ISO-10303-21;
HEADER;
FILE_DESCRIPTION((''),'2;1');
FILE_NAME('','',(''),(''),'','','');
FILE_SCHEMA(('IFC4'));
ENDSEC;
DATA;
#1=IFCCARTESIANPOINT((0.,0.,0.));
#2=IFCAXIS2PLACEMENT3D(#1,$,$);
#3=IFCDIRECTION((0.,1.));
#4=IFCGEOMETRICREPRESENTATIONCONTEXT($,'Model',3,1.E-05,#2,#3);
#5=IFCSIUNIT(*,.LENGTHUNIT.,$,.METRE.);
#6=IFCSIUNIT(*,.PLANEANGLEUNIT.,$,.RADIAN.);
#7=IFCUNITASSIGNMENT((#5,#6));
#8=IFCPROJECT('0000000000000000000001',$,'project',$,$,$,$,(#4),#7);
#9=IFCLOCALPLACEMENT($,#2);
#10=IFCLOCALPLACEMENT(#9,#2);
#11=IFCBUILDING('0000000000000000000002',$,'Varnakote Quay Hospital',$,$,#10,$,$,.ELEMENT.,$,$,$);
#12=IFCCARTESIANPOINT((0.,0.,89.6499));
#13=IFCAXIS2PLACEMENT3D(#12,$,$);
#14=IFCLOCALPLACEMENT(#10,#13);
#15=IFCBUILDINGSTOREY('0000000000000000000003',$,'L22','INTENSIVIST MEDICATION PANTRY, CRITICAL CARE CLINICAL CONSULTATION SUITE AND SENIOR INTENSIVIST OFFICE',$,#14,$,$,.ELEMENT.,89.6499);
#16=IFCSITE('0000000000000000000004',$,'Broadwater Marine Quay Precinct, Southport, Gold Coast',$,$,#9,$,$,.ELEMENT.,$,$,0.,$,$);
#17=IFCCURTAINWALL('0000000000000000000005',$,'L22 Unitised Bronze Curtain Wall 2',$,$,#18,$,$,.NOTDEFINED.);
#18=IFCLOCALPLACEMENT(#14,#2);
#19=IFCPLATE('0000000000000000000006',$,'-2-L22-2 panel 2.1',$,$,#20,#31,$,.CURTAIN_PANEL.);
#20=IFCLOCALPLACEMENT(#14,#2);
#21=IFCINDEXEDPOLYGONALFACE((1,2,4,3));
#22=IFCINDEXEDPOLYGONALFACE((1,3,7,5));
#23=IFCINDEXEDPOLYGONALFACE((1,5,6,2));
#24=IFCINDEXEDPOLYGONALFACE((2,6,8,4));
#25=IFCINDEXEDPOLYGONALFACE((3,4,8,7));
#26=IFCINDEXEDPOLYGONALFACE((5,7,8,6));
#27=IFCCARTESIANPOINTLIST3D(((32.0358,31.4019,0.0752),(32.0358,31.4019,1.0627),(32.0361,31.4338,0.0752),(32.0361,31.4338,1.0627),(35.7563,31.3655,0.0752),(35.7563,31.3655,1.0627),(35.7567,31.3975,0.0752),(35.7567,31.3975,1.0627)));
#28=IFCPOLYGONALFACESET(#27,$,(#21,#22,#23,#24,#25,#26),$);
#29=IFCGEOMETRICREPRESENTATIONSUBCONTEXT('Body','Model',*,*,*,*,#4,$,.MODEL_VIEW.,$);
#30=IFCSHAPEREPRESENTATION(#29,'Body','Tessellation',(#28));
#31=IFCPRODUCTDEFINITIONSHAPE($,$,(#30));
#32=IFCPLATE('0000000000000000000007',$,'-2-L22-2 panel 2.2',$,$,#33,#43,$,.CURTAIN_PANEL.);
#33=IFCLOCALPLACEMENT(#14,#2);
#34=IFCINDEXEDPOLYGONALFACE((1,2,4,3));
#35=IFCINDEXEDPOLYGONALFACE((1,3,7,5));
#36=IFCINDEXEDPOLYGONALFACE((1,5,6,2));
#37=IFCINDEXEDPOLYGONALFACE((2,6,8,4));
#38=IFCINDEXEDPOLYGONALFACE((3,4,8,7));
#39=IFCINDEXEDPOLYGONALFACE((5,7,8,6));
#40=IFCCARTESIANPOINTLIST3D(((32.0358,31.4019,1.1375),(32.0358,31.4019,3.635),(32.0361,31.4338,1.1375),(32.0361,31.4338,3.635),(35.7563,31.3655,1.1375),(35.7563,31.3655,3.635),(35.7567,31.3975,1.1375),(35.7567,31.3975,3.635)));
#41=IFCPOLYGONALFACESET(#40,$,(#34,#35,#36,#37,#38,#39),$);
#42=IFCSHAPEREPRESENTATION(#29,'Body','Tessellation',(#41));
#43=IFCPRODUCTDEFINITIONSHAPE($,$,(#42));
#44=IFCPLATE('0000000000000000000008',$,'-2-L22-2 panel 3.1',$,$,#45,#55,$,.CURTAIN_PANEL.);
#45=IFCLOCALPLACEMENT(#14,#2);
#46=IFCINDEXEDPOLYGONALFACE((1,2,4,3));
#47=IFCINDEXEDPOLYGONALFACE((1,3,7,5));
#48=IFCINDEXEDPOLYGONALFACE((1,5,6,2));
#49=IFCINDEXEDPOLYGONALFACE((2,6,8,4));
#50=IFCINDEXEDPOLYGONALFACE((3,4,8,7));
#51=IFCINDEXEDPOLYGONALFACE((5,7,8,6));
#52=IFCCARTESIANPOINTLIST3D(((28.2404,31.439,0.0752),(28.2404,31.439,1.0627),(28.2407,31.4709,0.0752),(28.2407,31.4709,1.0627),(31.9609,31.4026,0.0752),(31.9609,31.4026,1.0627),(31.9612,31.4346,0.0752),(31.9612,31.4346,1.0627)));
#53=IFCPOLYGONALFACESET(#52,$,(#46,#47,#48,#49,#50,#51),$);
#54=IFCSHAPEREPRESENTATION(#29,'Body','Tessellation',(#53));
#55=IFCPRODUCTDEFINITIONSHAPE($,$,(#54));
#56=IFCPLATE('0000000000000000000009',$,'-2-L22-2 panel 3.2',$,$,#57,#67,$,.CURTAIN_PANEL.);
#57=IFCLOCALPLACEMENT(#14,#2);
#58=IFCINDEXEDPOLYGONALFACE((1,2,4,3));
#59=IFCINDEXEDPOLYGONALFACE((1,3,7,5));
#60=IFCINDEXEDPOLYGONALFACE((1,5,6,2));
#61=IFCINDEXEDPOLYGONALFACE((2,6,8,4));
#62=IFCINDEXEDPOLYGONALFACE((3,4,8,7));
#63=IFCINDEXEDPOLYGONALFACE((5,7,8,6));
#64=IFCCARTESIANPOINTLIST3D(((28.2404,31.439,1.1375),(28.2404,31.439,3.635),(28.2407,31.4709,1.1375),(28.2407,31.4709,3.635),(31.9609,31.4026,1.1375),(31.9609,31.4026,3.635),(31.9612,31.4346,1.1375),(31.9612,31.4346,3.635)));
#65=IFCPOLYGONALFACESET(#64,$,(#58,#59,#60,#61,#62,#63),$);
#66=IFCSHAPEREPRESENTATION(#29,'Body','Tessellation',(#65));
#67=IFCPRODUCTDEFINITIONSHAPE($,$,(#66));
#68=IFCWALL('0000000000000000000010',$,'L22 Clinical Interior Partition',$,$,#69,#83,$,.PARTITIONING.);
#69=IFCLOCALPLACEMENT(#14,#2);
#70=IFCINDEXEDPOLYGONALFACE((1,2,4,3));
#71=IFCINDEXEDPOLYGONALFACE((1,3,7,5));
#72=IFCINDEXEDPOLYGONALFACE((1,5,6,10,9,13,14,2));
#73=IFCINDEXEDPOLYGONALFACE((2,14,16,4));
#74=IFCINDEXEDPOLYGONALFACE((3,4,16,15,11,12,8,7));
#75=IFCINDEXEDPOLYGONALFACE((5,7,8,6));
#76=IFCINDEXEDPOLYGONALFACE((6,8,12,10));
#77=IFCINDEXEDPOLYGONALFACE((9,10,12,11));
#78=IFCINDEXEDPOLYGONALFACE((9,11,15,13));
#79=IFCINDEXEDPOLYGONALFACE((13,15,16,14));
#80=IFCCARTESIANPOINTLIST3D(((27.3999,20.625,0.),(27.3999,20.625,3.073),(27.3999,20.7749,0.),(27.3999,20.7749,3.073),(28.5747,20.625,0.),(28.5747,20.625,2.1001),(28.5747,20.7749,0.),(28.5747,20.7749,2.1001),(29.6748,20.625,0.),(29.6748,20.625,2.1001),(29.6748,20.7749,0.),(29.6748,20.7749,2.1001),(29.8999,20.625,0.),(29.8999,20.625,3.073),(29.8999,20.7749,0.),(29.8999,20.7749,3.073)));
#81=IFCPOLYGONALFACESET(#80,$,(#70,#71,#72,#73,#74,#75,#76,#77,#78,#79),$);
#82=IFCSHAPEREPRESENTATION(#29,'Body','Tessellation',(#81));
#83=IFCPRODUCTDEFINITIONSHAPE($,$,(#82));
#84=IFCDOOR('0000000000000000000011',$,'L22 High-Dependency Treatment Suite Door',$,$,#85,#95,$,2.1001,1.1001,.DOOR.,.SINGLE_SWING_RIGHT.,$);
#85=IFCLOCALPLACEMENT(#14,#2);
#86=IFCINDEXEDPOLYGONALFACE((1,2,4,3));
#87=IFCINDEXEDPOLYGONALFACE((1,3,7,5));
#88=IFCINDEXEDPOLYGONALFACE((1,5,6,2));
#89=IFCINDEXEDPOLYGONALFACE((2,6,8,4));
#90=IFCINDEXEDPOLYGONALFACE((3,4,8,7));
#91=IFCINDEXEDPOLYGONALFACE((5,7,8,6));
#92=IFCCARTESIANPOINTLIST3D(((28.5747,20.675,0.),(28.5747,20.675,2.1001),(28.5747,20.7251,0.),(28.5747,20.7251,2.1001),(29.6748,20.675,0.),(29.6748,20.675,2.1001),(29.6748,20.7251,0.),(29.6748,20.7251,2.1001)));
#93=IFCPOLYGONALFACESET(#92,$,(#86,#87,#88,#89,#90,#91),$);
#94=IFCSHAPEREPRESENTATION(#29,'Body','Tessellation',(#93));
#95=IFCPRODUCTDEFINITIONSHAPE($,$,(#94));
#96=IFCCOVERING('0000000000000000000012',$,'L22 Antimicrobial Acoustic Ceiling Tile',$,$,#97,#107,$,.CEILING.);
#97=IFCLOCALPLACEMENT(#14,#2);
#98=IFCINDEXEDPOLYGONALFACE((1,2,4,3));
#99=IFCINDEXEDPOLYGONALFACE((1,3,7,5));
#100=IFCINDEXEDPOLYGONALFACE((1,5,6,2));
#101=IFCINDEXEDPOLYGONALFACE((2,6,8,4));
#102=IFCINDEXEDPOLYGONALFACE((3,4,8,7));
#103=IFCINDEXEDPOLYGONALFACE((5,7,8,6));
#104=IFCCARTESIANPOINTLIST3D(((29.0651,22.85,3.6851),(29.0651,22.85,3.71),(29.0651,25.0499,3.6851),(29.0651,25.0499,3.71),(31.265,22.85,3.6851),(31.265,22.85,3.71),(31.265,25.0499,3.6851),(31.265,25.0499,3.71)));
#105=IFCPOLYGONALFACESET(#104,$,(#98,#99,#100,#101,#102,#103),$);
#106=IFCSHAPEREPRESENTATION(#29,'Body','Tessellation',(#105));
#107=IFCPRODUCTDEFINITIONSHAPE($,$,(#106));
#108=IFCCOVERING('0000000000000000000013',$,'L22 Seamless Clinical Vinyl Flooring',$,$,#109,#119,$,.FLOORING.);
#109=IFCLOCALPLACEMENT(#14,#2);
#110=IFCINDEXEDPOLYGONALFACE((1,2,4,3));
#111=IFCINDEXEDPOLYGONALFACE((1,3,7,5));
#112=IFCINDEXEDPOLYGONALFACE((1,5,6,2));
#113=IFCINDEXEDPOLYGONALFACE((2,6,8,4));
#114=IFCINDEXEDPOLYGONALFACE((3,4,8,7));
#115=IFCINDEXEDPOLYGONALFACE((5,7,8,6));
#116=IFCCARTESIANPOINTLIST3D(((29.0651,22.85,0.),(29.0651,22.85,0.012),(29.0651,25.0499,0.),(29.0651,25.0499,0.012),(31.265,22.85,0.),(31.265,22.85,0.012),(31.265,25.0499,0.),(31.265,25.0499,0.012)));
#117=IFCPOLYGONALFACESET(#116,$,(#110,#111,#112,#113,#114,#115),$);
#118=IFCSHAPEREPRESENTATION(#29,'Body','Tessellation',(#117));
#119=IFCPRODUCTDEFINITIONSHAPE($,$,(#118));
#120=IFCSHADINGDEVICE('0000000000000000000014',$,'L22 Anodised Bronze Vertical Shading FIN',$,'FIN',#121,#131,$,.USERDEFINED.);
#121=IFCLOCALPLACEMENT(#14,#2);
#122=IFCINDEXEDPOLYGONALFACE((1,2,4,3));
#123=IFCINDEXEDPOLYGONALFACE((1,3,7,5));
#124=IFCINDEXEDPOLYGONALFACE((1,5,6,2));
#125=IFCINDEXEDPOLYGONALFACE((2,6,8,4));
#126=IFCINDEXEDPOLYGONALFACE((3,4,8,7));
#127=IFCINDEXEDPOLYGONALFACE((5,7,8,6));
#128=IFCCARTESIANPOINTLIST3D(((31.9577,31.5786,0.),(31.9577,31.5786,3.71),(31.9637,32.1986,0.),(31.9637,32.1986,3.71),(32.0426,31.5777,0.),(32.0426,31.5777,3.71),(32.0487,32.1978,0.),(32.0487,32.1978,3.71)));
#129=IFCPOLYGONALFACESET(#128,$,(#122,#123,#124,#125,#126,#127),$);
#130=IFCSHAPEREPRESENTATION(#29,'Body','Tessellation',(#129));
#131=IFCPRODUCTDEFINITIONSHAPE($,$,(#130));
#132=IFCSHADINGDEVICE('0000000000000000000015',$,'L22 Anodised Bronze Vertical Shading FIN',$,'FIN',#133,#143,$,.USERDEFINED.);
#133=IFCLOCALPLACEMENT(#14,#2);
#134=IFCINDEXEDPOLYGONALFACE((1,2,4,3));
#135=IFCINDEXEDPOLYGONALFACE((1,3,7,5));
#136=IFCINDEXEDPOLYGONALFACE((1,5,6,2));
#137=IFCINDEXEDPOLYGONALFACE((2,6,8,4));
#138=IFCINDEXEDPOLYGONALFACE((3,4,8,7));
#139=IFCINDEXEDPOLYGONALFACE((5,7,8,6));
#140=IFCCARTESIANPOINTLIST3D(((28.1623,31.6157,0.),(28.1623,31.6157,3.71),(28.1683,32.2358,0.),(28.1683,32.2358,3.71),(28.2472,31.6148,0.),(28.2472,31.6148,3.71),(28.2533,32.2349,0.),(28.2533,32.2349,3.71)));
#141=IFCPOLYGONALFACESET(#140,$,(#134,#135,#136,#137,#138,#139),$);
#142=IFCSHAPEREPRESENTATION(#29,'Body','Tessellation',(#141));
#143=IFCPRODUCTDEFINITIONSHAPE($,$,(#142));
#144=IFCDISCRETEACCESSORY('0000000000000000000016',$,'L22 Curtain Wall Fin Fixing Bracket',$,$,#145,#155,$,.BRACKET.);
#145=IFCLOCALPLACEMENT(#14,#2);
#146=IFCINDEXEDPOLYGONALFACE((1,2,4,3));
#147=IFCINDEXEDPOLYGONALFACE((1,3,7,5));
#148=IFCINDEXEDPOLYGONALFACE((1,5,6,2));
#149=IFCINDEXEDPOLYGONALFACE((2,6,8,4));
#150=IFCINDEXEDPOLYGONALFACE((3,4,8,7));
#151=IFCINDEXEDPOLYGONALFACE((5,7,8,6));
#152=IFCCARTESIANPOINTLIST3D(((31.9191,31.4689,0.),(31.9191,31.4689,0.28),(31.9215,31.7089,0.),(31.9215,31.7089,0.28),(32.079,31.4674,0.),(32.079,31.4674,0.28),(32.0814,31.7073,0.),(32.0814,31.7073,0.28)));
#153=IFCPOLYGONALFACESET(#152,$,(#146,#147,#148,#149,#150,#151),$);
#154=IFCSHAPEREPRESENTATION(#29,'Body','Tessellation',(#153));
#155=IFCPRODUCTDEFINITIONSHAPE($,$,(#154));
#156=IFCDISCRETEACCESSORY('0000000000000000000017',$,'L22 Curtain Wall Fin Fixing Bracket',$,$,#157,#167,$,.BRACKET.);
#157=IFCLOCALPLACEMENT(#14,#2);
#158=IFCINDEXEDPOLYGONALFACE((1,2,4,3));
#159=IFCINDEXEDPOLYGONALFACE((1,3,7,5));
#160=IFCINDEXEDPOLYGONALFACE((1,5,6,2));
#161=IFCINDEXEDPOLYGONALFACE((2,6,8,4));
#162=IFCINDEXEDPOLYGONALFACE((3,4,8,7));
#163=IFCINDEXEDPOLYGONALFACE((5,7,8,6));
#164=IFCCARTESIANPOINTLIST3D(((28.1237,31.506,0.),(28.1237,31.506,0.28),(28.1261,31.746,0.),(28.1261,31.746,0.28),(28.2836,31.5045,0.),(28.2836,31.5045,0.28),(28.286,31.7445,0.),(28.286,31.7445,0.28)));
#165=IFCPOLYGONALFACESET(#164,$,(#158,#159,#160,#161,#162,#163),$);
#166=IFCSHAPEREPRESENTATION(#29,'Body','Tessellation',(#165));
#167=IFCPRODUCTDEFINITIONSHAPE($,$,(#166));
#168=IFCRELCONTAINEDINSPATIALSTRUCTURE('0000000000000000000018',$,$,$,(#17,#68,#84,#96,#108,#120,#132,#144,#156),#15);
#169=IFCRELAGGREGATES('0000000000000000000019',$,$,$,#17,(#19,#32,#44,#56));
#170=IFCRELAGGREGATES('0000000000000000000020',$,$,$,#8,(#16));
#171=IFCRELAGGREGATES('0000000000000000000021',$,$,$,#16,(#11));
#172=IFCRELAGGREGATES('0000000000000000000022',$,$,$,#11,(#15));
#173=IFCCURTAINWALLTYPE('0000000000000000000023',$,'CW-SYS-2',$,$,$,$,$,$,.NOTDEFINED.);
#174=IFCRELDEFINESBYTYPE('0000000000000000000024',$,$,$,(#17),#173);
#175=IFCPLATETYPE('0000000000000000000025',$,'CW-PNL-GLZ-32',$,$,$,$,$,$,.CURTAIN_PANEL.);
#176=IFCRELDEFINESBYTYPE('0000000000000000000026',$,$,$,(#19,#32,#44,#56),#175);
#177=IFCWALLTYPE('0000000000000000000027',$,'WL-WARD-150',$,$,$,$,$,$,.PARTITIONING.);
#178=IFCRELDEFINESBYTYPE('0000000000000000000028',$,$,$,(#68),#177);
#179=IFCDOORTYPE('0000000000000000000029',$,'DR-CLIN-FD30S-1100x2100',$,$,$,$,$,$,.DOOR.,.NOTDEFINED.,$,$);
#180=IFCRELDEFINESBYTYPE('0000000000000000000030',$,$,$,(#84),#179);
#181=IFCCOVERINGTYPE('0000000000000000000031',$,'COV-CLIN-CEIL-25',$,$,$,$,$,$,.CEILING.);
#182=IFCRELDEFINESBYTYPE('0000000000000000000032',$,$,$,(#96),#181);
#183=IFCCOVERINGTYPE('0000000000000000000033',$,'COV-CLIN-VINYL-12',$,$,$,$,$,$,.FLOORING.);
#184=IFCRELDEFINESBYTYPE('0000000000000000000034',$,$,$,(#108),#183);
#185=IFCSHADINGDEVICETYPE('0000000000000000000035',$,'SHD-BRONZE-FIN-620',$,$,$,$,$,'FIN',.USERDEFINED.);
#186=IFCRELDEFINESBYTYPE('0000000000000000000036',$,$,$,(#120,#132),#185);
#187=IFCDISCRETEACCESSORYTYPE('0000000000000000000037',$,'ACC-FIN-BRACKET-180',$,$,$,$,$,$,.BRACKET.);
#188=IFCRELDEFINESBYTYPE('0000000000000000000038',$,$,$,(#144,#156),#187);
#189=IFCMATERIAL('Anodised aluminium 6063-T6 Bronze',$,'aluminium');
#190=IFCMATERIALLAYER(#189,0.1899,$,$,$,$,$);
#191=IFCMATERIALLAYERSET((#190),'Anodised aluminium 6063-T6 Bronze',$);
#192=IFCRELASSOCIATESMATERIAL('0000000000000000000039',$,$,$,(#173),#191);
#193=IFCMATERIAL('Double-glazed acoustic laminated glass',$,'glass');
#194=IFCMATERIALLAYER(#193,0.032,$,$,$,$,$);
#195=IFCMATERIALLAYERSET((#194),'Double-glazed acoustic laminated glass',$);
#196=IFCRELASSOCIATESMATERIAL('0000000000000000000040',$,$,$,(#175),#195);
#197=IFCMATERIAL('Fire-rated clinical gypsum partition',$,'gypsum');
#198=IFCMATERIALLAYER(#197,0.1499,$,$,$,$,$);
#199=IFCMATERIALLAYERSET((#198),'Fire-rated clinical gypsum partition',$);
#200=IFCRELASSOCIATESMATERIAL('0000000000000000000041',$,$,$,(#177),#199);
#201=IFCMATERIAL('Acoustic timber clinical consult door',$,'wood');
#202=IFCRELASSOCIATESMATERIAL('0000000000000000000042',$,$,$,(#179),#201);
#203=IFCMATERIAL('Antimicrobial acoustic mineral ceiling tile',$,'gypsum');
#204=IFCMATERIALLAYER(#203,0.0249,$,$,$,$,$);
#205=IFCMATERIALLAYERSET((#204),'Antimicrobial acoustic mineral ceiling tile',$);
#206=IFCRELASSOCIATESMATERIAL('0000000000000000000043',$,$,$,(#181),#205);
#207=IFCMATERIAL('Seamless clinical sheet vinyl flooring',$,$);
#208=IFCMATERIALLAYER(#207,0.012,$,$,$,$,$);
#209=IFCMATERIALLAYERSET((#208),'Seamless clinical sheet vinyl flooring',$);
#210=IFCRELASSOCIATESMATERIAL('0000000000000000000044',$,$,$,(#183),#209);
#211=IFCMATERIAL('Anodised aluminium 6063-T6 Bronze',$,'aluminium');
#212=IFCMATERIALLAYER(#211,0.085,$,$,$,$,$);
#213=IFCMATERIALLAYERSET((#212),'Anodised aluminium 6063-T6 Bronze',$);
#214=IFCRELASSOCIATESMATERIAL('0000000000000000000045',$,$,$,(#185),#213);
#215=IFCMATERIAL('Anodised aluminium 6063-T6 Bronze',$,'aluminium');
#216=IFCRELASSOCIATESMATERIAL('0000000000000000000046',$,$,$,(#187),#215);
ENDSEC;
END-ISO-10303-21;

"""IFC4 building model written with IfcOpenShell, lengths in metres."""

from ifc_helpers import new_model, si_unit, direction, frame, frame_2d, origin, origin_2d, place, context, subcontext, project, spatial, rectangle, extrude, material, layer, layer_set, type_object, element, fill, aggregate, save


model = new_model("IFC4")

# Units and contexts
model_context = context("Model", 3, precision=1e-05, world=origin(), true_north=direction((0.0, 1.0)))
body_context = subcontext(model_context, "Body", "Model", "MODEL_VIEW")
ifc_project = project(units=[si_unit("LENGTHUNIT", "METRE"), si_unit("PLANEANGLEUNIT", "RADIAN")], contexts=[model_context])

# Site, building, storey
site_placement = place(None, origin())
site = spatial("IfcSite", under=ifc_project, at=site_placement, Name="Broadwater Marine Quay Precinct, Southport, Gold Coast", CompositionType="ELEMENT", RefElevation=0.0)
building_placement = place(site_placement, origin())
building = spatial("IfcBuilding", under=site, at=building_placement, Name="Varnakote Quay Hospital", CompositionType="ELEMENT")
storey_placement = place(building_placement, frame((0.0, 0.0, 89.6499)))
storey = spatial("IfcBuildingStorey", under=building, at=storey_placement, Name="L22", Description="INTENSIVIST MEDICATION PANTRY, CRITICAL CARE CLINICAL CONSULTATION SUITE AND SENIOR INTENSIVIST OFFICE", CompositionType="ELEMENT", Elevation=89.6499)

# Curtain wall
ifc_material_1 = material(Name="Anodised aluminium 6063-T6 Bronze", Category="aluminium")
ifc_layer_1 = layer(ifc_material_1, 0.1899)
ifc_layer_set_1 = layer_set([ifc_layer_1], Name="Anodised aluminium 6063-T6 Bronze")
curtain_wall_type = type_object("IfcCurtainWallType", Name="CW-SYS-2", PredefinedType="NOTDEFINED", material=ifc_layer_set_1)
curtain_wall_placement = place(storey_placement, origin())
curtain_wall = element("IfcCurtainWall", 1, at=curtain_wall_placement, inside=storey, type_object=curtain_wall_type, Name="L22 Unitised Bronze Curtain Wall 2", PredefinedType="NOTDEFINED")

# Plates
ifc_material_2 = material(Name="Double-glazed acoustic laminated glass", Category="glass")
ifc_layer_2 = layer(ifc_material_2, 0.032)
ifc_layer_set_2 = layer_set([ifc_layer_2], Name="Double-glazed acoustic laminated glass")
plate_type = type_object("IfcPlateType", Name="CW-PNL-GLZ-32", PredefinedType="CURTAIN_PANEL", material=ifc_layer_set_2)
plate_1_placement = place(storey_placement, frame((33.8962, 31.3997, 0.0752), z_axis=(0.0, 0.0, 1.0), x_axis=(-0.999952, 0.009774, 0.0)))
plate_1 = element("IfcPlate", 2, at=plate_1_placement, type_object=plate_type, Name="-2-L22-2 panel 2.1", PredefinedType="CURTAIN_PANEL", context=body_context, shape_type="SweptSolid", body=[
    extrude(rectangle(XDim=3.7207, YDim=0.032, at=origin_2d()), origin(), (0.0, 0.0, 1.0), 0.9875),
])
plate_2_placement = place(storey_placement, frame((33.8962, 31.3997, 1.1375), z_axis=(0.0, 0.0, 1.0), x_axis=(-0.999952, 0.009774, 0.0)))
plate_2 = element("IfcPlate", 3, at=plate_2_placement, type_object=plate_type, Name="-2-L22-2 panel 2.2", PredefinedType="CURTAIN_PANEL", context=body_context, shape_type="SweptSolid", body=[
    extrude(rectangle(XDim=3.7207, YDim=0.032, at=origin_2d()), origin(), (0.0, 0.0, 1.0), 2.4976),
])
plate_3_placement = place(storey_placement, frame((30.1008, 31.4368, 0.0752), z_axis=(0.0, 0.0, 1.0), x_axis=(-0.999952, 0.009774, 0.0)))
plate_3 = element("IfcPlate", 4, at=plate_3_placement, type_object=plate_type, Name="-2-L22-2 panel 3.1", PredefinedType="CURTAIN_PANEL", context=body_context, shape_type="SweptSolid", body=[
    extrude(rectangle(XDim=3.7207, YDim=0.032, at=origin_2d()), origin(), (0.0, 0.0, 1.0), 0.9875),
])
plate_4_placement = place(storey_placement, frame((30.1008, 31.4368, 1.1375), z_axis=(0.0, 0.0, 1.0), x_axis=(-0.999952, 0.009774, 0.0)))
plate_4 = element("IfcPlate", 5, at=plate_4_placement, type_object=plate_type, Name="-2-L22-2 panel 3.2", PredefinedType="CURTAIN_PANEL", context=body_context, shape_type="SweptSolid", body=[
    extrude(rectangle(XDim=3.7207, YDim=0.032, at=origin_2d()), origin(), (0.0, 0.0, 1.0), 2.4976),
])
aggregate(curtain_wall, [plate_1, plate_2, plate_3, plate_4])

# Wall, opening, door
ifc_material_3 = material(Name="Fire-rated clinical gypsum partition", Category="gypsum")
ifc_layer_3 = layer(ifc_material_3, 0.1499)
ifc_layer_set_3 = layer_set([ifc_layer_3], Name="Fire-rated clinical gypsum partition")
wall_type = type_object("IfcWallType", Name="WL-WARD-150", PredefinedType="PARTITIONING", material=ifc_layer_set_3)
wall_placement = place(storey_placement, frame((29.8999, 20.7, 0.0), z_axis=(0.0, 0.0, 1.0), x_axis=(-1.0, 0.0, 0.0)))
wall = element("IfcWall", 6, at=wall_placement, inside=storey, type_object=wall_type, Name="L22 Clinical Interior Partition", PredefinedType="PARTITIONING", context=body_context, shape_type="SweptSolid", body=[
    extrude(rectangle(XDim=2.5, YDim=0.1499, at=frame_2d((1.25, 0.0))), origin(), (0.0, 0.0, 1.0), 3.073),
])
opening_placement = place(wall_placement, frame((0.2251, 0.0, 0.0)))
opening = element("IfcOpeningElement", 7, at=opening_placement, cuts=wall, PredefinedType="OPENING", context=body_context, shape_type="SweptSolid", body=[
    extrude(rectangle(XDim=1.1001, YDim=2.1001, at=frame_2d((0.55, 1.05))), frame((0.0, 0.085, 0.0), z_axis=(0.0, -1.0, 0.0), x_axis=(1.0, 0.0, 0.0)), (0.0, 0.0, 1.0), 0.1699),
])
ifc_material_4 = material(Name="Acoustic timber clinical consult door", Category="wood")
door_type = type_object("IfcDoorType", Name="DR-CLIN-FD30S-1100x2100", OperationType="NOTDEFINED", PredefinedType="DOOR", material=ifc_material_4)
door_placement = place(opening_placement, origin())
door = element("IfcDoor", 8, at=door_placement, inside=storey, type_object=door_type, Name="L22 High-Dependency Treatment Suite Door", OperationType="SINGLE_SWING_RIGHT", OverallHeight=2.1001, OverallWidth=1.1001, PredefinedType="DOOR", context=body_context, shape_type="SweptSolid", body=[
    extrude(rectangle(XDim=1.1001, YDim=2.1001, at=frame_2d((0.55, 1.05))), frame((0.0, 0.0249, 0.0), z_axis=(0.0, -1.0, 0.0), x_axis=(1.0, 0.0, 0.0)), (0.0, 0.0, 1.0), 0.05),
])
fill(opening, door)

# Coverings
ifc_material_5 = material(Name="Antimicrobial acoustic mineral ceiling tile", Category="gypsum")
ifc_layer_4 = layer(ifc_material_5, 0.0249)
ifc_layer_set_4 = layer_set([ifc_layer_4], Name="Antimicrobial acoustic mineral ceiling tile")
covering_type_1 = type_object("IfcCoveringType", Name="COV-CLIN-CEIL-25", PredefinedType="CEILING", material=ifc_layer_set_4)
covering_1_placement = place(storey_placement, frame((30.165, 23.95, 3.6851), z_axis=(0.0, 0.0, 1.0), x_axis=(1.0, 0.0, 0.0)))
element("IfcCovering", 9, at=covering_1_placement, inside=storey, type_object=covering_type_1, Name="L22 Antimicrobial Acoustic Ceiling Tile", PredefinedType="CEILING", context=body_context, shape_type="SweptSolid", body=[
    extrude(rectangle(XDim=2.2, YDim=2.2, at=origin_2d()), origin(), (0.0, 0.0, 1.0), 0.0249),
])
ifc_material_6 = material(Name="Seamless clinical sheet vinyl flooring")
ifc_layer_5 = layer(ifc_material_6, 0.012)
ifc_layer_set_5 = layer_set([ifc_layer_5], Name="Seamless clinical sheet vinyl flooring")
covering_type_2 = type_object("IfcCoveringType", Name="COV-CLIN-VINYL-12", PredefinedType="FLOORING", material=ifc_layer_set_5)
covering_2_placement = place(storey_placement, frame((30.165, 23.95, 0.0), z_axis=(0.0, 0.0, 1.0), x_axis=(1.0, 0.0, 0.0)))
element("IfcCovering", 10, at=covering_2_placement, inside=storey, type_object=covering_type_2, Name="L22 Seamless Clinical Vinyl Flooring", PredefinedType="FLOORING", context=body_context, shape_type="SweptSolid", body=[
    extrude(rectangle(XDim=2.2, YDim=2.2, at=origin_2d()), origin(), (0.0, 0.0, 1.0), 0.012),
])

# Shading devices
ifc_material_7 = material(Name="Anodised aluminium 6063-T6 Bronze", Category="aluminium")
ifc_layer_6 = layer(ifc_material_7, 0.085)
ifc_layer_set_6 = layer_set([ifc_layer_6], Name="Anodised aluminium 6063-T6 Bronze")
shading_device_type = type_object("IfcShadingDeviceType", Name="SHD-BRONZE-FIN-620", ElementType="FIN", PredefinedType="USERDEFINED", material=ifc_layer_set_6)
for number, where, z_axis, x_axis, name in (
    (11, (32.0032, 31.8882, 0.0), (0.0, 0.0, 1.0), (-0.009774, -0.999952, 0.0), "L22 Anodised Bronze Vertical Shading FIN"),
    (12, (28.2078, 31.9253, 0.0), (0.0, 0.0, 1.0), (-0.009774, -0.999952, 0.0), "L22 Anodised Bronze Vertical Shading FIN"),
):
    element("IfcShadingDevice", number, at=place(storey_placement, frame(where, z_axis=z_axis, x_axis=x_axis)), inside=storey, type_object=shading_device_type, Name=name, ObjectType="FIN", PredefinedType="USERDEFINED", context=body_context, shape_type="SweptSolid", body=[
        extrude(rectangle(XDim=0.6201, YDim=0.085, at=origin_2d()), origin(), (0.0, 0.0, 1.0), 3.71),
    ])

# Discrete accessories
ifc_material_8 = material(Name="Anodised aluminium 6063-T6 Bronze", Category="aluminium")
discrete_accessory_type = type_object("IfcDiscreteAccessoryType", Name="ACC-FIN-BRACKET-180", PredefinedType="BRACKET", material=ifc_material_8)
for number, where, z_axis, x_axis, name in (
    (13, (32.0002, 31.5881, 0.0), (0.0, 0.0, 1.0), (-0.999952, 0.009774, 0.0), "L22 Curtain Wall Fin Fixing Bracket"),
    (14, (28.2048, 31.6252, 0.0), (0.0, 0.0, 1.0), (-0.999952, 0.009774, 0.0), "L22 Curtain Wall Fin Fixing Bracket"),
):
    element("IfcDiscreteAccessory", number, at=place(storey_placement, frame(where, z_axis=z_axis, x_axis=x_axis)), inside=storey, type_object=discrete_accessory_type, Name=name, PredefinedType="BRACKET", context=body_context, shape_type="SweptSolid", body=[
        extrude(rectangle(XDim=0.1599, YDim=0.24, at=origin_2d()), origin(), (0.0, 0.0, 1.0), 0.28),
    ])

save(model, "model.ifc")
